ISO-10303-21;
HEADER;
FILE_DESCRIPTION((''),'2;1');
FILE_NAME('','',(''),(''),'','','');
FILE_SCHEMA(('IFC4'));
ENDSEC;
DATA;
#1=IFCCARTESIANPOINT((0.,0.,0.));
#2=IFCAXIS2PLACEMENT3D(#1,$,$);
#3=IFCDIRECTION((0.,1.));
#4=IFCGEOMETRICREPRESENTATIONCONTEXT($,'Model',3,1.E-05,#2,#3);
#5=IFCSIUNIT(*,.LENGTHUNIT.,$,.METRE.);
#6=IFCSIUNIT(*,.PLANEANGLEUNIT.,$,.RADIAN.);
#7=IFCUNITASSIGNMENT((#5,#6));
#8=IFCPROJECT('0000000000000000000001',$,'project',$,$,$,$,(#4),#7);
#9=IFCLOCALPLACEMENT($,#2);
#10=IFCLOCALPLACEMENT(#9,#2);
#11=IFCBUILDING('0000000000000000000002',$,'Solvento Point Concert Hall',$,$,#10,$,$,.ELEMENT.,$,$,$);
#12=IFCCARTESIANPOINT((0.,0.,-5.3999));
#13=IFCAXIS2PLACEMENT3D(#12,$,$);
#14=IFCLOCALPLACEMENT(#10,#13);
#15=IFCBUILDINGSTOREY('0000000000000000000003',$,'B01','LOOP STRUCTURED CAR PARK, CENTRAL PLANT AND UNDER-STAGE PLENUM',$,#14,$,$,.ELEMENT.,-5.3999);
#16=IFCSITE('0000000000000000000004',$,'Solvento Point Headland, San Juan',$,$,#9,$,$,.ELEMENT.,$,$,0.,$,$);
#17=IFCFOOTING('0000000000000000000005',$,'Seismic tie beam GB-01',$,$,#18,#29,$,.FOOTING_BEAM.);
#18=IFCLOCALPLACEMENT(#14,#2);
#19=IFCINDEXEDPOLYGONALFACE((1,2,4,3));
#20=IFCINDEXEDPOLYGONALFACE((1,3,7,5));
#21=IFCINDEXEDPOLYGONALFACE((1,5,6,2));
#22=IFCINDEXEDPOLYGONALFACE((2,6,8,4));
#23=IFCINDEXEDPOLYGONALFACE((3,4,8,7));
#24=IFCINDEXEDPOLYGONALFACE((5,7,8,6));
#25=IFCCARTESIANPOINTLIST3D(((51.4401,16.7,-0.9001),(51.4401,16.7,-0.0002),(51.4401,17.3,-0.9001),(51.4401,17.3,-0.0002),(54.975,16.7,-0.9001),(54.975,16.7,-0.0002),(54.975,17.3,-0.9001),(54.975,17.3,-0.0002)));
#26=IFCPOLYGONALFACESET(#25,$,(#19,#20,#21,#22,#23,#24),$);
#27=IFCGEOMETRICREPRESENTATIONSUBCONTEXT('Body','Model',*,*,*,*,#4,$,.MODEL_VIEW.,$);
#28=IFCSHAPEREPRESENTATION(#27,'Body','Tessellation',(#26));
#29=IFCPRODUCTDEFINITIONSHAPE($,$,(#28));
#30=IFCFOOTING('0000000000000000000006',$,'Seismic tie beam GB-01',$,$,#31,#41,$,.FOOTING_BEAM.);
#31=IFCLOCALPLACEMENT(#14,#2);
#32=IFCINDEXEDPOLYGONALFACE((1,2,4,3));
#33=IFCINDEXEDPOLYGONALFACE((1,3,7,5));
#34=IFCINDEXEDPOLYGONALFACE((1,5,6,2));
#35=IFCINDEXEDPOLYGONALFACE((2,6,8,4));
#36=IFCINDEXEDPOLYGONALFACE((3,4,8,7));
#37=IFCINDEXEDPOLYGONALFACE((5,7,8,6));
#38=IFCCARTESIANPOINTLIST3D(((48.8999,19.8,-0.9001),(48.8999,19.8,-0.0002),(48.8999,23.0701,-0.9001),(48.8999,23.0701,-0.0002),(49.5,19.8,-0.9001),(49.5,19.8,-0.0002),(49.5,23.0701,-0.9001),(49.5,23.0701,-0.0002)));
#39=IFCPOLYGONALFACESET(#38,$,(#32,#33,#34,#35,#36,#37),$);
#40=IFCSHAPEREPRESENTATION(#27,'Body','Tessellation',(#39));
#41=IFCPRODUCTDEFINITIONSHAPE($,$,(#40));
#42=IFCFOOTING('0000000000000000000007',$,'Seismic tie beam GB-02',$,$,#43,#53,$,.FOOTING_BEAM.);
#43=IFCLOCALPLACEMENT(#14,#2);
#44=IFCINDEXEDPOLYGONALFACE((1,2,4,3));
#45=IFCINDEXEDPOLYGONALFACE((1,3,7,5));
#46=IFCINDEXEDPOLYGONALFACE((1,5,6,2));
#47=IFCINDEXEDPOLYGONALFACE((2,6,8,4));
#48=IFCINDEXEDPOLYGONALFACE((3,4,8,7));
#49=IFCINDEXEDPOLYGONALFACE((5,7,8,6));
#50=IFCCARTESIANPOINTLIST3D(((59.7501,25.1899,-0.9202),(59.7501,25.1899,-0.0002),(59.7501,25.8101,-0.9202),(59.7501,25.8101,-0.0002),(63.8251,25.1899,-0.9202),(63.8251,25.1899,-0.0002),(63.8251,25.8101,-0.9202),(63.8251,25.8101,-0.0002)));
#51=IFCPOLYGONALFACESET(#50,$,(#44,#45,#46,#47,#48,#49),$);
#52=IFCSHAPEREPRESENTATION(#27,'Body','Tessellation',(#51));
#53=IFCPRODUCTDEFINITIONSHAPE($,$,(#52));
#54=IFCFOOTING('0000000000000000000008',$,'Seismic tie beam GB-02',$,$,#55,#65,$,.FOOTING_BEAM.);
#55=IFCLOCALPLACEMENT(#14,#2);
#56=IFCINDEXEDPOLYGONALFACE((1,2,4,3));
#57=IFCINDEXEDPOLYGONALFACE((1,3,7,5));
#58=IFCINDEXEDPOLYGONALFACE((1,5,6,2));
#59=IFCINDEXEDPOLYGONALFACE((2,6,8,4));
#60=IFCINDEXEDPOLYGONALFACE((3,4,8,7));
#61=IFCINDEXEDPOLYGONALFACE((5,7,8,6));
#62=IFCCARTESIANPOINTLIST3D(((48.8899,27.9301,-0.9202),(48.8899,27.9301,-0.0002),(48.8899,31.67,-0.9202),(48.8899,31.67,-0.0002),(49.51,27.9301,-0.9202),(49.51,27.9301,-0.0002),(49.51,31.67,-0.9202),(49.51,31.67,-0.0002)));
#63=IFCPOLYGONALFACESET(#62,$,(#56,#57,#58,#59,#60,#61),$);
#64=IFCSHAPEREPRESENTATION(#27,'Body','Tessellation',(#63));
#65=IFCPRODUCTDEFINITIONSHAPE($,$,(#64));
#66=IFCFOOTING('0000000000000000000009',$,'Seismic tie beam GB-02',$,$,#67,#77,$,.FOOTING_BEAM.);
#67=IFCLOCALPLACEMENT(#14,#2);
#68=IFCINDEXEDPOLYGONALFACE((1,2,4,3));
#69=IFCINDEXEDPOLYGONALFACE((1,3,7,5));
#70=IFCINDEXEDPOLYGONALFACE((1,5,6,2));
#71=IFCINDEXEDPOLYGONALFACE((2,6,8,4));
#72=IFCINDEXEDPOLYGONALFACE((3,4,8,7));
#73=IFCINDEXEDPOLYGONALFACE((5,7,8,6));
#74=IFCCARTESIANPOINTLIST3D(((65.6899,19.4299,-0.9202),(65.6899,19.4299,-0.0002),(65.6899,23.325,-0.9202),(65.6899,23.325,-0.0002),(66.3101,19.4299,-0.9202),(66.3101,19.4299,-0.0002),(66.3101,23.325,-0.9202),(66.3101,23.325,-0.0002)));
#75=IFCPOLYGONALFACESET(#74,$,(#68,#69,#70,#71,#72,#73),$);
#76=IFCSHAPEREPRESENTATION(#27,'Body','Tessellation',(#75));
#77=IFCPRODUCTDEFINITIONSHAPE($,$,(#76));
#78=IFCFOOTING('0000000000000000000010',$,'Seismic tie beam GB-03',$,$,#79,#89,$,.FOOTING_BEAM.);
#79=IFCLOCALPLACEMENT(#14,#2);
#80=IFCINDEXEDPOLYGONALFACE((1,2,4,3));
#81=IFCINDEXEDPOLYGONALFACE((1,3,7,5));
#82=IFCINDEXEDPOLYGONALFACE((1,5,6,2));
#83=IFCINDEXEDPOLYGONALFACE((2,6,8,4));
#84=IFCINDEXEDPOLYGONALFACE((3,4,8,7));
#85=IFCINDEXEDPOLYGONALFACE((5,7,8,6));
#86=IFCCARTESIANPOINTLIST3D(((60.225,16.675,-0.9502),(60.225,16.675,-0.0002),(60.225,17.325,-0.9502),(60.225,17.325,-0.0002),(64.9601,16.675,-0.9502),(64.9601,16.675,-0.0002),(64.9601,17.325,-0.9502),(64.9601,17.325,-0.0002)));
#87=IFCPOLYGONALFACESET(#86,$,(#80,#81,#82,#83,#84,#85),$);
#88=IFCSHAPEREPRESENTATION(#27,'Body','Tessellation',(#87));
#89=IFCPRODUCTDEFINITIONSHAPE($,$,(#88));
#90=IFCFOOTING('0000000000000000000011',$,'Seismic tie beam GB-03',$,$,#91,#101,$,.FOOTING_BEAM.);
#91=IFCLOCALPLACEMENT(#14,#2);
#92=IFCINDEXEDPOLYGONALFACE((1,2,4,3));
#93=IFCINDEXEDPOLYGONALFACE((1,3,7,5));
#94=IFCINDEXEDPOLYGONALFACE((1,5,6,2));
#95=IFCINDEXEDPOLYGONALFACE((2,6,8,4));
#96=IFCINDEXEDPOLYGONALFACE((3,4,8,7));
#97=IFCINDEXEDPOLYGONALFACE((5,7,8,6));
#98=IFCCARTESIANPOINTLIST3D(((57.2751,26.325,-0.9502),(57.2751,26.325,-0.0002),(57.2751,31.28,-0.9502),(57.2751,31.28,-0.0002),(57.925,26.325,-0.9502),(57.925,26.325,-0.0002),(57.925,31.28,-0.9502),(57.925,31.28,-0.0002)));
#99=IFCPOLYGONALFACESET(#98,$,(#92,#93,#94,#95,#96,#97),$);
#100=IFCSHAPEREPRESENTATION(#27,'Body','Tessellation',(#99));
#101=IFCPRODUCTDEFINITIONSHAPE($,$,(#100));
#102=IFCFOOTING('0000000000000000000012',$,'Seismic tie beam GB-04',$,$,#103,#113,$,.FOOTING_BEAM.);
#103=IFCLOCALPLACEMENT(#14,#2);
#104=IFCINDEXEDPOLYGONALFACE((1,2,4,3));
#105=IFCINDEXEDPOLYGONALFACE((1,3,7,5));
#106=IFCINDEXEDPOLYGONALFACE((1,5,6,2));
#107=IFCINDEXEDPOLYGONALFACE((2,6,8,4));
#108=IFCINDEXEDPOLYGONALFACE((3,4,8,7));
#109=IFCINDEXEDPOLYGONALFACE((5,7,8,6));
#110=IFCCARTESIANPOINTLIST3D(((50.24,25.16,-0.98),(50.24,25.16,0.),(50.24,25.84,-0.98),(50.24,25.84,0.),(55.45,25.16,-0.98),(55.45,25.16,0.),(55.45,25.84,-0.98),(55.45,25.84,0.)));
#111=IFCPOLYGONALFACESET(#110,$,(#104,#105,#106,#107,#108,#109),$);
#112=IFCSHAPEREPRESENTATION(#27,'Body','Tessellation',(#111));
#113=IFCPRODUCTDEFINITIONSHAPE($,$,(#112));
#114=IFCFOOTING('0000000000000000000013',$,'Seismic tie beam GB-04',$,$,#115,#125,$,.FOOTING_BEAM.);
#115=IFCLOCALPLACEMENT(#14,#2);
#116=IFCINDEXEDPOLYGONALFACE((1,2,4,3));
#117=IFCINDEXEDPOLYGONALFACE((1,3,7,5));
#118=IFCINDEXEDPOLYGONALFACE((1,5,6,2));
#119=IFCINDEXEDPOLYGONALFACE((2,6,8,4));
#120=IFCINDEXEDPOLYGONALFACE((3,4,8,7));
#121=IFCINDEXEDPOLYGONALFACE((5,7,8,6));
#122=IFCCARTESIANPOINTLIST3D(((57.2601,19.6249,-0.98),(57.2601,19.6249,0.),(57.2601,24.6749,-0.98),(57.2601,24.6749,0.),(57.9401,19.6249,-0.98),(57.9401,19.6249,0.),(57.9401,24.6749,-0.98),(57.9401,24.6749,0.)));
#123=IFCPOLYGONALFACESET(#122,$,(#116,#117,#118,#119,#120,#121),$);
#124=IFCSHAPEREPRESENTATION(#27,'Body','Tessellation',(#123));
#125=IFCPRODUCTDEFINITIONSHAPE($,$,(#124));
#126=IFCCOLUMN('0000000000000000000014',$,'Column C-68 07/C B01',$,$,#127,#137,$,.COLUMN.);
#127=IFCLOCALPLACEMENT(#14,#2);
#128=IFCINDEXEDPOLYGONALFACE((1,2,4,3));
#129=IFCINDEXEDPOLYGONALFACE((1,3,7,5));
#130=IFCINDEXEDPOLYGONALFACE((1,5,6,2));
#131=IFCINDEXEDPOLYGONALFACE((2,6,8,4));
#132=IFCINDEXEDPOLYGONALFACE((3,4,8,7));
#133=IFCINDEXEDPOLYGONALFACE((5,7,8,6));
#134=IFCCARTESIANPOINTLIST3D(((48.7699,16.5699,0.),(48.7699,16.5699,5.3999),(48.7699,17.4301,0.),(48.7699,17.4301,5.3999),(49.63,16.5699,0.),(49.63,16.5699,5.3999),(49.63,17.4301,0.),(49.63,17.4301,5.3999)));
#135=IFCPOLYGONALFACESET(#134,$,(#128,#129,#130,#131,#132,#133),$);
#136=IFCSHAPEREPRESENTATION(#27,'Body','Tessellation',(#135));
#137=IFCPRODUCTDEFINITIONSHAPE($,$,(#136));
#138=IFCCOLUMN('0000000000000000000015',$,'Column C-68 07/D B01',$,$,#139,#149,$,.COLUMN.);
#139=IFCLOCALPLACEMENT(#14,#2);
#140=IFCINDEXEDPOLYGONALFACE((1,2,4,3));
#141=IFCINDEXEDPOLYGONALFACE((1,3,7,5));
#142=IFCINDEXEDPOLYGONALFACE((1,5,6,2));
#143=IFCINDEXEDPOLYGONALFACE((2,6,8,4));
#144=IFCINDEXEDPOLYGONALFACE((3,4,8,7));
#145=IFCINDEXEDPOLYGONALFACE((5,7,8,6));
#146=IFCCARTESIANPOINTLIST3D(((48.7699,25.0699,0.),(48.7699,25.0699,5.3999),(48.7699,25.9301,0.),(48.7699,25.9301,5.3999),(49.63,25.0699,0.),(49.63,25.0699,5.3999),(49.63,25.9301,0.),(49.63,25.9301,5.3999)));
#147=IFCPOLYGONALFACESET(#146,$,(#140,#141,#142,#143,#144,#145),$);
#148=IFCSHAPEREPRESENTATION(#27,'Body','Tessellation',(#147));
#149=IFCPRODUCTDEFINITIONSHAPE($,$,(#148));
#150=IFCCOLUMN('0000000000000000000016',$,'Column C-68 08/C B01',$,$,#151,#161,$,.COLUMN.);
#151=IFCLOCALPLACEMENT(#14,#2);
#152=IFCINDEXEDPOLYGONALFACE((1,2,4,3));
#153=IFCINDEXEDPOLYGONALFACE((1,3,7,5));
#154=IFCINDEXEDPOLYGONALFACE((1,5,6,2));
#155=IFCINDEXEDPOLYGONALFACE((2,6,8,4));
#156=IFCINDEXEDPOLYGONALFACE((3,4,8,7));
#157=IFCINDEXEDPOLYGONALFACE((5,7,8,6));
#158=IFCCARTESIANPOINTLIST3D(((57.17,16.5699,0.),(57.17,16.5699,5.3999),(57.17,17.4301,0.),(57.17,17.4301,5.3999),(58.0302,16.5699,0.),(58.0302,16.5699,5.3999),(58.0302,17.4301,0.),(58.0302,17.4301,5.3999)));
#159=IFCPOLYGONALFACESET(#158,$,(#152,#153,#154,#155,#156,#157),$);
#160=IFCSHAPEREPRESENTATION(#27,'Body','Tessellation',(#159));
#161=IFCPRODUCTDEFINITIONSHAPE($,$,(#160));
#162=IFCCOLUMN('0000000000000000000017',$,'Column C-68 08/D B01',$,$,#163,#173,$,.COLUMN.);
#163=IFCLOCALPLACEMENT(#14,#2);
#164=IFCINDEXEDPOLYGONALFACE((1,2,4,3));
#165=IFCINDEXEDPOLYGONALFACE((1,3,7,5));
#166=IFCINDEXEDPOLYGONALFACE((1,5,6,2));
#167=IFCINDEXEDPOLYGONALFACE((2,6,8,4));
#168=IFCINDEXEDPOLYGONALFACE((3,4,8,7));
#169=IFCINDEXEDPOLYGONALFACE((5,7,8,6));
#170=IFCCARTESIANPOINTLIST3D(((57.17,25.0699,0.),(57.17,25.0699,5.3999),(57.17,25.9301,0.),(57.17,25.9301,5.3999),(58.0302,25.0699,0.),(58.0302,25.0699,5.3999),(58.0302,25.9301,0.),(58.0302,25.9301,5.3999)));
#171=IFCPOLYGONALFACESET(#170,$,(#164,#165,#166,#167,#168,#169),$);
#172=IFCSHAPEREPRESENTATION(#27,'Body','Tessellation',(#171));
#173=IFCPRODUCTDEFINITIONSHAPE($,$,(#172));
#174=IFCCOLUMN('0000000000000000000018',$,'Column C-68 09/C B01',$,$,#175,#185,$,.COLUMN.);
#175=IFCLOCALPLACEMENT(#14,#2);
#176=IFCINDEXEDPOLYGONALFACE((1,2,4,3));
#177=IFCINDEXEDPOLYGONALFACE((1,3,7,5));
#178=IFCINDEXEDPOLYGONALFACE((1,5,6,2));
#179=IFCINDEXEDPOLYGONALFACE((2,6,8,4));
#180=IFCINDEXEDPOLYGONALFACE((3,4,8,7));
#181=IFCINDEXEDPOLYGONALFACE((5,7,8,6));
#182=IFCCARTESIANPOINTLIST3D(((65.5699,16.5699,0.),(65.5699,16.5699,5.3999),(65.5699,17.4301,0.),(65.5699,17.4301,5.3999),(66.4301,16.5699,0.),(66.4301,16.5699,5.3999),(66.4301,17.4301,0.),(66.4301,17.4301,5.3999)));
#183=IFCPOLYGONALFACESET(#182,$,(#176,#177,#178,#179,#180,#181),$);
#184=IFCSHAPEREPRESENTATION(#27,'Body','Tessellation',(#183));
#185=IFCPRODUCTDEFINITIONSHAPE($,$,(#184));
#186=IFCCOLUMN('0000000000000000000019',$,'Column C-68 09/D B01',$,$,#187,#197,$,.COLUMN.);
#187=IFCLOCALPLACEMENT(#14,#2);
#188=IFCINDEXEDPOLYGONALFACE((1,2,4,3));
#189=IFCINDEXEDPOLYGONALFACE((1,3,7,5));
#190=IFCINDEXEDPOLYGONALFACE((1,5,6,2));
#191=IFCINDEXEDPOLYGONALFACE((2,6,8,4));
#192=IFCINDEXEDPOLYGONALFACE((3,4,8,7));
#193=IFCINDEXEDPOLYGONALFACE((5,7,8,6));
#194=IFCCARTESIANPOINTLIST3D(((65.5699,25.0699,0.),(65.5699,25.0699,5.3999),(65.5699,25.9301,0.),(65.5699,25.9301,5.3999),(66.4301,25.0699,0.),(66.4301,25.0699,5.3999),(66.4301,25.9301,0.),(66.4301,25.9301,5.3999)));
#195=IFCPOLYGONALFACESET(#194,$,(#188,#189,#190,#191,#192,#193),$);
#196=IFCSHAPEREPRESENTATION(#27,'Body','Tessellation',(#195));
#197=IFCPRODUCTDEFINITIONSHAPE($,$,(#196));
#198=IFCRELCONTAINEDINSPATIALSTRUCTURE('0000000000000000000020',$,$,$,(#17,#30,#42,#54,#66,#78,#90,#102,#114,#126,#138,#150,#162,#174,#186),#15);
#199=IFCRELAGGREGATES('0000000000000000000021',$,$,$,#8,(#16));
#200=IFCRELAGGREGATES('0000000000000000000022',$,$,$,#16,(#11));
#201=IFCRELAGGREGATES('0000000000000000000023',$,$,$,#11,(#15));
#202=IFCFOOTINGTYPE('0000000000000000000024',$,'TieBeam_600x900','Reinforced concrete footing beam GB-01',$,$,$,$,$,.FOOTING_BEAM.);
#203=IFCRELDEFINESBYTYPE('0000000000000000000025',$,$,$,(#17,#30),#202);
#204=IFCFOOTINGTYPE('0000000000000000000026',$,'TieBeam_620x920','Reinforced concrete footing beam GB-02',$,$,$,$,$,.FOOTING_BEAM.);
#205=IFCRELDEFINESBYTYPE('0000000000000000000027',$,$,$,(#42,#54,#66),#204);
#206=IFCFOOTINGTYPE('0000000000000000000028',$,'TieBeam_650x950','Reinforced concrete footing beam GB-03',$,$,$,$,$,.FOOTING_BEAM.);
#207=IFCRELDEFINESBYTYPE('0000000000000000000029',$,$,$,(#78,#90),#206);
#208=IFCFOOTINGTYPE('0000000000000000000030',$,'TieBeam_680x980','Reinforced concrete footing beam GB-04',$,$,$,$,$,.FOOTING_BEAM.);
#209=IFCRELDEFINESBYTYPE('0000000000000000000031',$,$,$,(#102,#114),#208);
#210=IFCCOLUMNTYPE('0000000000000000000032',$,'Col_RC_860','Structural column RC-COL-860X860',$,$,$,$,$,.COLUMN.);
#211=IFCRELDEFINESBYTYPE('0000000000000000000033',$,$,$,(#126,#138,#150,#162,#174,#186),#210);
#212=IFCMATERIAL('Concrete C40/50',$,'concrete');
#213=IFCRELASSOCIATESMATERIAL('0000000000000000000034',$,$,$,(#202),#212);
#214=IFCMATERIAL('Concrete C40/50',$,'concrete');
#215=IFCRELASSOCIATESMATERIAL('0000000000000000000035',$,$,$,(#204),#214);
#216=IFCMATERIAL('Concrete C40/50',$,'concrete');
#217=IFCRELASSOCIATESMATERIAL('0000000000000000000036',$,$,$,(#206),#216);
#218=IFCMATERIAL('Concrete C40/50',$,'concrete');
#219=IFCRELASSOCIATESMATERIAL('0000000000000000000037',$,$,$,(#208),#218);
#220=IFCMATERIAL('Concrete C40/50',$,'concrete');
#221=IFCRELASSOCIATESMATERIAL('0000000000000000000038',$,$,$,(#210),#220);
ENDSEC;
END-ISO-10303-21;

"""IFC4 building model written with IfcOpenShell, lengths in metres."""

from ifc_helpers import new_model, si_unit, direction, frame, origin, origin_2d, place, context, subcontext, project, spatial, rectangle, extrude, material, material_profile, profile_set, type_object, element, save


model = new_model("IFC4")

# Units and contexts
model_context = context("Model", 3, precision=1e-05, world=origin(), true_north=direction((0.0, 1.0)))
body_context = subcontext(model_context, "Body", "Model", "MODEL_VIEW")
ifc_project = project(units=[si_unit("LENGTHUNIT", "METRE"), si_unit("PLANEANGLEUNIT", "RADIAN")], contexts=[model_context])

# Site, building, storey
site_placement = place(None, origin())
site = spatial("IfcSite", under=ifc_project, at=site_placement, Name="Solvento Point Headland, San Juan", CompositionType="ELEMENT", RefElevation=0.0)
building_placement = place(site_placement, origin())
building = spatial("IfcBuilding", under=site, at=building_placement, Name="Solvento Point Concert Hall", CompositionType="ELEMENT")
storey_placement = place(building_placement, frame((0.0, 0.0, -5.3999)))
storey = spatial("IfcBuildingStorey", under=building, at=storey_placement, Name="B01", Description="LOOP STRUCTURED CAR PARK, CENTRAL PLANT AND UNDER-STAGE PLENUM", CompositionType="ELEMENT", Elevation=-5.3999)

# Footings
ifc_material_1 = material(Name="Concrete C40/50", Category="concrete")
footing_type_1 = type_object("IfcFootingType", Name="TieBeam_600x900", Description="Reinforced concrete footing beam GB-01", PredefinedType="FOOTING_BEAM", material=ifc_material_1)
footing_1_placement = place(storey_placement, frame((53.2075, 17.0, -0.9001), z_axis=(0.0, 0.0, 1.0), x_axis=(1.0, 0.0, 0.0)))
element("IfcFooting", 1, at=footing_1_placement, inside=storey, type_object=footing_type_1, Name="Seismic tie beam GB-01", PredefinedType="FOOTING_BEAM", context=body_context, shape_type="SweptSolid", body=[
    extrude(rectangle(XDim=3.5349, YDim=0.6001, at=origin_2d()), origin(), (0.0, 0.0, 1.0), 0.8999),
])
footing_2_placement = place(storey_placement, frame((49.2, 21.4351, -0.9001), z_axis=(0.0, 0.0, 1.0), x_axis=(0.0, 1.0, 0.0)))
element("IfcFooting", 2, at=footing_2_placement, inside=storey, type_object=footing_type_1, Name="Seismic tie beam GB-01", PredefinedType="FOOTING_BEAM", context=body_context, shape_type="SweptSolid", body=[
    extrude(rectangle(XDim=3.27, YDim=0.6001, at=origin_2d()), origin(), (0.0, 0.0, 1.0), 0.8999),
])
ifc_material_2 = material(Name="Concrete C40/50", Category="concrete")
footing_type_2 = type_object("IfcFootingType", Name="TieBeam_620x920", Description="Reinforced concrete footing beam GB-02", PredefinedType="FOOTING_BEAM", material=ifc_material_2)
footing_3_placement = place(storey_placement, frame((61.7876, 25.5, -0.9202), z_axis=(0.0, 0.0, 1.0), x_axis=(1.0, 0.0, 0.0)))
element("IfcFooting", 3, at=footing_3_placement, inside=storey, type_object=footing_type_2, Name="Seismic tie beam GB-02", PredefinedType="FOOTING_BEAM", context=body_context, shape_type="SweptSolid", body=[
    extrude(rectangle(XDim=4.075, YDim=0.6201, at=origin_2d()), origin(), (0.0, 0.0, 1.0), 0.9199),
])
footing_4_placement = place(storey_placement, frame((49.2, 29.8, -0.9202), z_axis=(0.0, 0.0, 1.0), x_axis=(0.0, 1.0, 0.0)))
element("IfcFooting", 4, at=footing_4_placement, inside=storey, type_object=footing_type_2, Name="Seismic tie beam GB-02", PredefinedType="FOOTING_BEAM", context=body_context, shape_type="SweptSolid", body=[
    extrude(rectangle(XDim=3.74, YDim=0.6201, at=origin_2d()), origin(), (0.0, 0.0, 1.0), 0.9199),
])
footing_5_placement = place(storey_placement, frame((66.0, 21.3774, -0.9202), z_axis=(0.0, 0.0, 1.0), x_axis=(0.0, 1.0, 0.0)))
element("IfcFooting", 5, at=footing_5_placement, inside=storey, type_object=footing_type_2, Name="Seismic tie beam GB-02", PredefinedType="FOOTING_BEAM", context=body_context, shape_type="SweptSolid", body=[
    extrude(rectangle(XDim=3.895, YDim=0.6201, at=origin_2d()), origin(), (0.0, 0.0, 1.0), 0.9199),
])
ifc_material_3 = material(Name="Concrete C40/50", Category="concrete")
footing_type_3 = type_object("IfcFootingType", Name="TieBeam_650x950", Description="Reinforced concrete footing beam GB-03", PredefinedType="FOOTING_BEAM", material=ifc_material_3)
footing_6_placement = place(storey_placement, frame((62.5925, 17.0, -0.9502), z_axis=(0.0, 0.0, 1.0), x_axis=(1.0, 0.0, 0.0)))
element("IfcFooting", 6, at=footing_6_placement, inside=storey, type_object=footing_type_3, Name="Seismic tie beam GB-03", PredefinedType="FOOTING_BEAM", context=body_context, shape_type="SweptSolid", body=[
    extrude(rectangle(XDim=4.7351, YDim=0.6499, at=origin_2d()), origin(), (0.0, 0.0, 1.0), 0.95),
])
footing_7_placement = place(storey_placement, frame((57.6001, 28.8025, -0.9502), z_axis=(0.0, 0.0, 1.0), x_axis=(0.0, 1.0, 0.0)))
element("IfcFooting", 7, at=footing_7_placement, inside=storey, type_object=footing_type_3, Name="Seismic tie beam GB-03", PredefinedType="FOOTING_BEAM", context=body_context, shape_type="SweptSolid", body=[
    extrude(rectangle(XDim=4.9551, YDim=0.6499, at=origin_2d()), origin(), (0.0, 0.0, 1.0), 0.95),
])
ifc_material_4 = material(Name="Concrete C40/50", Category="concrete")
footing_type_4 = type_object("IfcFootingType", Name="TieBeam_680x980", Description="Reinforced concrete footing beam GB-04", PredefinedType="FOOTING_BEAM", material=ifc_material_4)
footing_8_placement = place(storey_placement, frame((52.845, 25.5, -0.98), z_axis=(0.0, 0.0, 1.0), x_axis=(1.0, 0.0, 0.0)))
element("IfcFooting", 8, at=footing_8_placement, inside=storey, type_object=footing_type_4, Name="Seismic tie beam GB-04", PredefinedType="FOOTING_BEAM", context=body_context, shape_type="SweptSolid", body=[
    extrude(rectangle(XDim=5.21, YDim=0.6799, at=origin_2d()), origin(), (0.0, 0.0, 1.0), 0.98),
])
footing_9_placement = place(storey_placement, frame((57.6001, 22.1499, -0.98), z_axis=(0.0, 0.0, 1.0), x_axis=(0.0, 1.0, 0.0)))
element("IfcFooting", 9, at=footing_9_placement, inside=storey, type_object=footing_type_4, Name="Seismic tie beam GB-04", PredefinedType="FOOTING_BEAM", context=body_context, shape_type="SweptSolid", body=[
    extrude(rectangle(XDim=5.05, YDim=0.6799, at=origin_2d()), origin(), (0.0, 0.0, 1.0), 0.98),
])

# Columns
ifc_material_5 = material(Name="Concrete C40/50", Category="concrete")
ifc_material_profile_1 = material_profile(ifc_material_5, rectangle(XDim=0.8601, YDim=0.8601, at=origin_2d()), Name="RC-COL-860X860")
ifc_profile_set_1 = profile_set([ifc_material_profile_1], Name="Concrete C40/50")
column_type = type_object("IfcColumnType", Name="Col_RC_860", Description="Structural column RC-COL-860X860", PredefinedType="COLUMN", material=ifc_profile_set_1)
for number, where, z_axis, x_axis, name in (
    (10, (49.2, 17.0, 0.0), (0.0, 0.0, 1.0), (1.0, 0.0, 0.0), "Column C-68 07/C B01"),
    (11, (49.2, 25.5, 0.0), (0.0, 0.0, 1.0), (1.0, 0.0, 0.0), "Column C-68 07/D B01"),
    (12, (57.6001, 17.0, 0.0), (0.0, 0.0, 1.0), (1.0, 0.0, 0.0), "Column C-68 08/C B01"),
    (13, (57.6001, 25.5, 0.0), (0.0, 0.0, 1.0), (1.0, 0.0, 0.0), "Column C-68 08/D B01"),
    (14, (66.0, 17.0, 0.0), (0.0, 0.0, 1.0), (1.0, 0.0, 0.0), "Column C-68 09/C B01"),
    (15, (66.0, 25.5, 0.0), (0.0, 0.0, 1.0), (1.0, 0.0, 0.0), "Column C-68 09/D B01"),
):
    element("IfcColumn", number, at=place(storey_placement, frame(where, z_axis=z_axis, x_axis=x_axis)), inside=storey, type_object=column_type, Name=name, PredefinedType="COLUMN", context=body_context, shape_type="SweptSolid", body=[
        extrude(rectangle(XDim=0.8601, YDim=0.8601, at=origin_2d()), origin(), (0.0, 0.0, 1.0), 5.3999),
    ])

save(model, "model.ifc")
